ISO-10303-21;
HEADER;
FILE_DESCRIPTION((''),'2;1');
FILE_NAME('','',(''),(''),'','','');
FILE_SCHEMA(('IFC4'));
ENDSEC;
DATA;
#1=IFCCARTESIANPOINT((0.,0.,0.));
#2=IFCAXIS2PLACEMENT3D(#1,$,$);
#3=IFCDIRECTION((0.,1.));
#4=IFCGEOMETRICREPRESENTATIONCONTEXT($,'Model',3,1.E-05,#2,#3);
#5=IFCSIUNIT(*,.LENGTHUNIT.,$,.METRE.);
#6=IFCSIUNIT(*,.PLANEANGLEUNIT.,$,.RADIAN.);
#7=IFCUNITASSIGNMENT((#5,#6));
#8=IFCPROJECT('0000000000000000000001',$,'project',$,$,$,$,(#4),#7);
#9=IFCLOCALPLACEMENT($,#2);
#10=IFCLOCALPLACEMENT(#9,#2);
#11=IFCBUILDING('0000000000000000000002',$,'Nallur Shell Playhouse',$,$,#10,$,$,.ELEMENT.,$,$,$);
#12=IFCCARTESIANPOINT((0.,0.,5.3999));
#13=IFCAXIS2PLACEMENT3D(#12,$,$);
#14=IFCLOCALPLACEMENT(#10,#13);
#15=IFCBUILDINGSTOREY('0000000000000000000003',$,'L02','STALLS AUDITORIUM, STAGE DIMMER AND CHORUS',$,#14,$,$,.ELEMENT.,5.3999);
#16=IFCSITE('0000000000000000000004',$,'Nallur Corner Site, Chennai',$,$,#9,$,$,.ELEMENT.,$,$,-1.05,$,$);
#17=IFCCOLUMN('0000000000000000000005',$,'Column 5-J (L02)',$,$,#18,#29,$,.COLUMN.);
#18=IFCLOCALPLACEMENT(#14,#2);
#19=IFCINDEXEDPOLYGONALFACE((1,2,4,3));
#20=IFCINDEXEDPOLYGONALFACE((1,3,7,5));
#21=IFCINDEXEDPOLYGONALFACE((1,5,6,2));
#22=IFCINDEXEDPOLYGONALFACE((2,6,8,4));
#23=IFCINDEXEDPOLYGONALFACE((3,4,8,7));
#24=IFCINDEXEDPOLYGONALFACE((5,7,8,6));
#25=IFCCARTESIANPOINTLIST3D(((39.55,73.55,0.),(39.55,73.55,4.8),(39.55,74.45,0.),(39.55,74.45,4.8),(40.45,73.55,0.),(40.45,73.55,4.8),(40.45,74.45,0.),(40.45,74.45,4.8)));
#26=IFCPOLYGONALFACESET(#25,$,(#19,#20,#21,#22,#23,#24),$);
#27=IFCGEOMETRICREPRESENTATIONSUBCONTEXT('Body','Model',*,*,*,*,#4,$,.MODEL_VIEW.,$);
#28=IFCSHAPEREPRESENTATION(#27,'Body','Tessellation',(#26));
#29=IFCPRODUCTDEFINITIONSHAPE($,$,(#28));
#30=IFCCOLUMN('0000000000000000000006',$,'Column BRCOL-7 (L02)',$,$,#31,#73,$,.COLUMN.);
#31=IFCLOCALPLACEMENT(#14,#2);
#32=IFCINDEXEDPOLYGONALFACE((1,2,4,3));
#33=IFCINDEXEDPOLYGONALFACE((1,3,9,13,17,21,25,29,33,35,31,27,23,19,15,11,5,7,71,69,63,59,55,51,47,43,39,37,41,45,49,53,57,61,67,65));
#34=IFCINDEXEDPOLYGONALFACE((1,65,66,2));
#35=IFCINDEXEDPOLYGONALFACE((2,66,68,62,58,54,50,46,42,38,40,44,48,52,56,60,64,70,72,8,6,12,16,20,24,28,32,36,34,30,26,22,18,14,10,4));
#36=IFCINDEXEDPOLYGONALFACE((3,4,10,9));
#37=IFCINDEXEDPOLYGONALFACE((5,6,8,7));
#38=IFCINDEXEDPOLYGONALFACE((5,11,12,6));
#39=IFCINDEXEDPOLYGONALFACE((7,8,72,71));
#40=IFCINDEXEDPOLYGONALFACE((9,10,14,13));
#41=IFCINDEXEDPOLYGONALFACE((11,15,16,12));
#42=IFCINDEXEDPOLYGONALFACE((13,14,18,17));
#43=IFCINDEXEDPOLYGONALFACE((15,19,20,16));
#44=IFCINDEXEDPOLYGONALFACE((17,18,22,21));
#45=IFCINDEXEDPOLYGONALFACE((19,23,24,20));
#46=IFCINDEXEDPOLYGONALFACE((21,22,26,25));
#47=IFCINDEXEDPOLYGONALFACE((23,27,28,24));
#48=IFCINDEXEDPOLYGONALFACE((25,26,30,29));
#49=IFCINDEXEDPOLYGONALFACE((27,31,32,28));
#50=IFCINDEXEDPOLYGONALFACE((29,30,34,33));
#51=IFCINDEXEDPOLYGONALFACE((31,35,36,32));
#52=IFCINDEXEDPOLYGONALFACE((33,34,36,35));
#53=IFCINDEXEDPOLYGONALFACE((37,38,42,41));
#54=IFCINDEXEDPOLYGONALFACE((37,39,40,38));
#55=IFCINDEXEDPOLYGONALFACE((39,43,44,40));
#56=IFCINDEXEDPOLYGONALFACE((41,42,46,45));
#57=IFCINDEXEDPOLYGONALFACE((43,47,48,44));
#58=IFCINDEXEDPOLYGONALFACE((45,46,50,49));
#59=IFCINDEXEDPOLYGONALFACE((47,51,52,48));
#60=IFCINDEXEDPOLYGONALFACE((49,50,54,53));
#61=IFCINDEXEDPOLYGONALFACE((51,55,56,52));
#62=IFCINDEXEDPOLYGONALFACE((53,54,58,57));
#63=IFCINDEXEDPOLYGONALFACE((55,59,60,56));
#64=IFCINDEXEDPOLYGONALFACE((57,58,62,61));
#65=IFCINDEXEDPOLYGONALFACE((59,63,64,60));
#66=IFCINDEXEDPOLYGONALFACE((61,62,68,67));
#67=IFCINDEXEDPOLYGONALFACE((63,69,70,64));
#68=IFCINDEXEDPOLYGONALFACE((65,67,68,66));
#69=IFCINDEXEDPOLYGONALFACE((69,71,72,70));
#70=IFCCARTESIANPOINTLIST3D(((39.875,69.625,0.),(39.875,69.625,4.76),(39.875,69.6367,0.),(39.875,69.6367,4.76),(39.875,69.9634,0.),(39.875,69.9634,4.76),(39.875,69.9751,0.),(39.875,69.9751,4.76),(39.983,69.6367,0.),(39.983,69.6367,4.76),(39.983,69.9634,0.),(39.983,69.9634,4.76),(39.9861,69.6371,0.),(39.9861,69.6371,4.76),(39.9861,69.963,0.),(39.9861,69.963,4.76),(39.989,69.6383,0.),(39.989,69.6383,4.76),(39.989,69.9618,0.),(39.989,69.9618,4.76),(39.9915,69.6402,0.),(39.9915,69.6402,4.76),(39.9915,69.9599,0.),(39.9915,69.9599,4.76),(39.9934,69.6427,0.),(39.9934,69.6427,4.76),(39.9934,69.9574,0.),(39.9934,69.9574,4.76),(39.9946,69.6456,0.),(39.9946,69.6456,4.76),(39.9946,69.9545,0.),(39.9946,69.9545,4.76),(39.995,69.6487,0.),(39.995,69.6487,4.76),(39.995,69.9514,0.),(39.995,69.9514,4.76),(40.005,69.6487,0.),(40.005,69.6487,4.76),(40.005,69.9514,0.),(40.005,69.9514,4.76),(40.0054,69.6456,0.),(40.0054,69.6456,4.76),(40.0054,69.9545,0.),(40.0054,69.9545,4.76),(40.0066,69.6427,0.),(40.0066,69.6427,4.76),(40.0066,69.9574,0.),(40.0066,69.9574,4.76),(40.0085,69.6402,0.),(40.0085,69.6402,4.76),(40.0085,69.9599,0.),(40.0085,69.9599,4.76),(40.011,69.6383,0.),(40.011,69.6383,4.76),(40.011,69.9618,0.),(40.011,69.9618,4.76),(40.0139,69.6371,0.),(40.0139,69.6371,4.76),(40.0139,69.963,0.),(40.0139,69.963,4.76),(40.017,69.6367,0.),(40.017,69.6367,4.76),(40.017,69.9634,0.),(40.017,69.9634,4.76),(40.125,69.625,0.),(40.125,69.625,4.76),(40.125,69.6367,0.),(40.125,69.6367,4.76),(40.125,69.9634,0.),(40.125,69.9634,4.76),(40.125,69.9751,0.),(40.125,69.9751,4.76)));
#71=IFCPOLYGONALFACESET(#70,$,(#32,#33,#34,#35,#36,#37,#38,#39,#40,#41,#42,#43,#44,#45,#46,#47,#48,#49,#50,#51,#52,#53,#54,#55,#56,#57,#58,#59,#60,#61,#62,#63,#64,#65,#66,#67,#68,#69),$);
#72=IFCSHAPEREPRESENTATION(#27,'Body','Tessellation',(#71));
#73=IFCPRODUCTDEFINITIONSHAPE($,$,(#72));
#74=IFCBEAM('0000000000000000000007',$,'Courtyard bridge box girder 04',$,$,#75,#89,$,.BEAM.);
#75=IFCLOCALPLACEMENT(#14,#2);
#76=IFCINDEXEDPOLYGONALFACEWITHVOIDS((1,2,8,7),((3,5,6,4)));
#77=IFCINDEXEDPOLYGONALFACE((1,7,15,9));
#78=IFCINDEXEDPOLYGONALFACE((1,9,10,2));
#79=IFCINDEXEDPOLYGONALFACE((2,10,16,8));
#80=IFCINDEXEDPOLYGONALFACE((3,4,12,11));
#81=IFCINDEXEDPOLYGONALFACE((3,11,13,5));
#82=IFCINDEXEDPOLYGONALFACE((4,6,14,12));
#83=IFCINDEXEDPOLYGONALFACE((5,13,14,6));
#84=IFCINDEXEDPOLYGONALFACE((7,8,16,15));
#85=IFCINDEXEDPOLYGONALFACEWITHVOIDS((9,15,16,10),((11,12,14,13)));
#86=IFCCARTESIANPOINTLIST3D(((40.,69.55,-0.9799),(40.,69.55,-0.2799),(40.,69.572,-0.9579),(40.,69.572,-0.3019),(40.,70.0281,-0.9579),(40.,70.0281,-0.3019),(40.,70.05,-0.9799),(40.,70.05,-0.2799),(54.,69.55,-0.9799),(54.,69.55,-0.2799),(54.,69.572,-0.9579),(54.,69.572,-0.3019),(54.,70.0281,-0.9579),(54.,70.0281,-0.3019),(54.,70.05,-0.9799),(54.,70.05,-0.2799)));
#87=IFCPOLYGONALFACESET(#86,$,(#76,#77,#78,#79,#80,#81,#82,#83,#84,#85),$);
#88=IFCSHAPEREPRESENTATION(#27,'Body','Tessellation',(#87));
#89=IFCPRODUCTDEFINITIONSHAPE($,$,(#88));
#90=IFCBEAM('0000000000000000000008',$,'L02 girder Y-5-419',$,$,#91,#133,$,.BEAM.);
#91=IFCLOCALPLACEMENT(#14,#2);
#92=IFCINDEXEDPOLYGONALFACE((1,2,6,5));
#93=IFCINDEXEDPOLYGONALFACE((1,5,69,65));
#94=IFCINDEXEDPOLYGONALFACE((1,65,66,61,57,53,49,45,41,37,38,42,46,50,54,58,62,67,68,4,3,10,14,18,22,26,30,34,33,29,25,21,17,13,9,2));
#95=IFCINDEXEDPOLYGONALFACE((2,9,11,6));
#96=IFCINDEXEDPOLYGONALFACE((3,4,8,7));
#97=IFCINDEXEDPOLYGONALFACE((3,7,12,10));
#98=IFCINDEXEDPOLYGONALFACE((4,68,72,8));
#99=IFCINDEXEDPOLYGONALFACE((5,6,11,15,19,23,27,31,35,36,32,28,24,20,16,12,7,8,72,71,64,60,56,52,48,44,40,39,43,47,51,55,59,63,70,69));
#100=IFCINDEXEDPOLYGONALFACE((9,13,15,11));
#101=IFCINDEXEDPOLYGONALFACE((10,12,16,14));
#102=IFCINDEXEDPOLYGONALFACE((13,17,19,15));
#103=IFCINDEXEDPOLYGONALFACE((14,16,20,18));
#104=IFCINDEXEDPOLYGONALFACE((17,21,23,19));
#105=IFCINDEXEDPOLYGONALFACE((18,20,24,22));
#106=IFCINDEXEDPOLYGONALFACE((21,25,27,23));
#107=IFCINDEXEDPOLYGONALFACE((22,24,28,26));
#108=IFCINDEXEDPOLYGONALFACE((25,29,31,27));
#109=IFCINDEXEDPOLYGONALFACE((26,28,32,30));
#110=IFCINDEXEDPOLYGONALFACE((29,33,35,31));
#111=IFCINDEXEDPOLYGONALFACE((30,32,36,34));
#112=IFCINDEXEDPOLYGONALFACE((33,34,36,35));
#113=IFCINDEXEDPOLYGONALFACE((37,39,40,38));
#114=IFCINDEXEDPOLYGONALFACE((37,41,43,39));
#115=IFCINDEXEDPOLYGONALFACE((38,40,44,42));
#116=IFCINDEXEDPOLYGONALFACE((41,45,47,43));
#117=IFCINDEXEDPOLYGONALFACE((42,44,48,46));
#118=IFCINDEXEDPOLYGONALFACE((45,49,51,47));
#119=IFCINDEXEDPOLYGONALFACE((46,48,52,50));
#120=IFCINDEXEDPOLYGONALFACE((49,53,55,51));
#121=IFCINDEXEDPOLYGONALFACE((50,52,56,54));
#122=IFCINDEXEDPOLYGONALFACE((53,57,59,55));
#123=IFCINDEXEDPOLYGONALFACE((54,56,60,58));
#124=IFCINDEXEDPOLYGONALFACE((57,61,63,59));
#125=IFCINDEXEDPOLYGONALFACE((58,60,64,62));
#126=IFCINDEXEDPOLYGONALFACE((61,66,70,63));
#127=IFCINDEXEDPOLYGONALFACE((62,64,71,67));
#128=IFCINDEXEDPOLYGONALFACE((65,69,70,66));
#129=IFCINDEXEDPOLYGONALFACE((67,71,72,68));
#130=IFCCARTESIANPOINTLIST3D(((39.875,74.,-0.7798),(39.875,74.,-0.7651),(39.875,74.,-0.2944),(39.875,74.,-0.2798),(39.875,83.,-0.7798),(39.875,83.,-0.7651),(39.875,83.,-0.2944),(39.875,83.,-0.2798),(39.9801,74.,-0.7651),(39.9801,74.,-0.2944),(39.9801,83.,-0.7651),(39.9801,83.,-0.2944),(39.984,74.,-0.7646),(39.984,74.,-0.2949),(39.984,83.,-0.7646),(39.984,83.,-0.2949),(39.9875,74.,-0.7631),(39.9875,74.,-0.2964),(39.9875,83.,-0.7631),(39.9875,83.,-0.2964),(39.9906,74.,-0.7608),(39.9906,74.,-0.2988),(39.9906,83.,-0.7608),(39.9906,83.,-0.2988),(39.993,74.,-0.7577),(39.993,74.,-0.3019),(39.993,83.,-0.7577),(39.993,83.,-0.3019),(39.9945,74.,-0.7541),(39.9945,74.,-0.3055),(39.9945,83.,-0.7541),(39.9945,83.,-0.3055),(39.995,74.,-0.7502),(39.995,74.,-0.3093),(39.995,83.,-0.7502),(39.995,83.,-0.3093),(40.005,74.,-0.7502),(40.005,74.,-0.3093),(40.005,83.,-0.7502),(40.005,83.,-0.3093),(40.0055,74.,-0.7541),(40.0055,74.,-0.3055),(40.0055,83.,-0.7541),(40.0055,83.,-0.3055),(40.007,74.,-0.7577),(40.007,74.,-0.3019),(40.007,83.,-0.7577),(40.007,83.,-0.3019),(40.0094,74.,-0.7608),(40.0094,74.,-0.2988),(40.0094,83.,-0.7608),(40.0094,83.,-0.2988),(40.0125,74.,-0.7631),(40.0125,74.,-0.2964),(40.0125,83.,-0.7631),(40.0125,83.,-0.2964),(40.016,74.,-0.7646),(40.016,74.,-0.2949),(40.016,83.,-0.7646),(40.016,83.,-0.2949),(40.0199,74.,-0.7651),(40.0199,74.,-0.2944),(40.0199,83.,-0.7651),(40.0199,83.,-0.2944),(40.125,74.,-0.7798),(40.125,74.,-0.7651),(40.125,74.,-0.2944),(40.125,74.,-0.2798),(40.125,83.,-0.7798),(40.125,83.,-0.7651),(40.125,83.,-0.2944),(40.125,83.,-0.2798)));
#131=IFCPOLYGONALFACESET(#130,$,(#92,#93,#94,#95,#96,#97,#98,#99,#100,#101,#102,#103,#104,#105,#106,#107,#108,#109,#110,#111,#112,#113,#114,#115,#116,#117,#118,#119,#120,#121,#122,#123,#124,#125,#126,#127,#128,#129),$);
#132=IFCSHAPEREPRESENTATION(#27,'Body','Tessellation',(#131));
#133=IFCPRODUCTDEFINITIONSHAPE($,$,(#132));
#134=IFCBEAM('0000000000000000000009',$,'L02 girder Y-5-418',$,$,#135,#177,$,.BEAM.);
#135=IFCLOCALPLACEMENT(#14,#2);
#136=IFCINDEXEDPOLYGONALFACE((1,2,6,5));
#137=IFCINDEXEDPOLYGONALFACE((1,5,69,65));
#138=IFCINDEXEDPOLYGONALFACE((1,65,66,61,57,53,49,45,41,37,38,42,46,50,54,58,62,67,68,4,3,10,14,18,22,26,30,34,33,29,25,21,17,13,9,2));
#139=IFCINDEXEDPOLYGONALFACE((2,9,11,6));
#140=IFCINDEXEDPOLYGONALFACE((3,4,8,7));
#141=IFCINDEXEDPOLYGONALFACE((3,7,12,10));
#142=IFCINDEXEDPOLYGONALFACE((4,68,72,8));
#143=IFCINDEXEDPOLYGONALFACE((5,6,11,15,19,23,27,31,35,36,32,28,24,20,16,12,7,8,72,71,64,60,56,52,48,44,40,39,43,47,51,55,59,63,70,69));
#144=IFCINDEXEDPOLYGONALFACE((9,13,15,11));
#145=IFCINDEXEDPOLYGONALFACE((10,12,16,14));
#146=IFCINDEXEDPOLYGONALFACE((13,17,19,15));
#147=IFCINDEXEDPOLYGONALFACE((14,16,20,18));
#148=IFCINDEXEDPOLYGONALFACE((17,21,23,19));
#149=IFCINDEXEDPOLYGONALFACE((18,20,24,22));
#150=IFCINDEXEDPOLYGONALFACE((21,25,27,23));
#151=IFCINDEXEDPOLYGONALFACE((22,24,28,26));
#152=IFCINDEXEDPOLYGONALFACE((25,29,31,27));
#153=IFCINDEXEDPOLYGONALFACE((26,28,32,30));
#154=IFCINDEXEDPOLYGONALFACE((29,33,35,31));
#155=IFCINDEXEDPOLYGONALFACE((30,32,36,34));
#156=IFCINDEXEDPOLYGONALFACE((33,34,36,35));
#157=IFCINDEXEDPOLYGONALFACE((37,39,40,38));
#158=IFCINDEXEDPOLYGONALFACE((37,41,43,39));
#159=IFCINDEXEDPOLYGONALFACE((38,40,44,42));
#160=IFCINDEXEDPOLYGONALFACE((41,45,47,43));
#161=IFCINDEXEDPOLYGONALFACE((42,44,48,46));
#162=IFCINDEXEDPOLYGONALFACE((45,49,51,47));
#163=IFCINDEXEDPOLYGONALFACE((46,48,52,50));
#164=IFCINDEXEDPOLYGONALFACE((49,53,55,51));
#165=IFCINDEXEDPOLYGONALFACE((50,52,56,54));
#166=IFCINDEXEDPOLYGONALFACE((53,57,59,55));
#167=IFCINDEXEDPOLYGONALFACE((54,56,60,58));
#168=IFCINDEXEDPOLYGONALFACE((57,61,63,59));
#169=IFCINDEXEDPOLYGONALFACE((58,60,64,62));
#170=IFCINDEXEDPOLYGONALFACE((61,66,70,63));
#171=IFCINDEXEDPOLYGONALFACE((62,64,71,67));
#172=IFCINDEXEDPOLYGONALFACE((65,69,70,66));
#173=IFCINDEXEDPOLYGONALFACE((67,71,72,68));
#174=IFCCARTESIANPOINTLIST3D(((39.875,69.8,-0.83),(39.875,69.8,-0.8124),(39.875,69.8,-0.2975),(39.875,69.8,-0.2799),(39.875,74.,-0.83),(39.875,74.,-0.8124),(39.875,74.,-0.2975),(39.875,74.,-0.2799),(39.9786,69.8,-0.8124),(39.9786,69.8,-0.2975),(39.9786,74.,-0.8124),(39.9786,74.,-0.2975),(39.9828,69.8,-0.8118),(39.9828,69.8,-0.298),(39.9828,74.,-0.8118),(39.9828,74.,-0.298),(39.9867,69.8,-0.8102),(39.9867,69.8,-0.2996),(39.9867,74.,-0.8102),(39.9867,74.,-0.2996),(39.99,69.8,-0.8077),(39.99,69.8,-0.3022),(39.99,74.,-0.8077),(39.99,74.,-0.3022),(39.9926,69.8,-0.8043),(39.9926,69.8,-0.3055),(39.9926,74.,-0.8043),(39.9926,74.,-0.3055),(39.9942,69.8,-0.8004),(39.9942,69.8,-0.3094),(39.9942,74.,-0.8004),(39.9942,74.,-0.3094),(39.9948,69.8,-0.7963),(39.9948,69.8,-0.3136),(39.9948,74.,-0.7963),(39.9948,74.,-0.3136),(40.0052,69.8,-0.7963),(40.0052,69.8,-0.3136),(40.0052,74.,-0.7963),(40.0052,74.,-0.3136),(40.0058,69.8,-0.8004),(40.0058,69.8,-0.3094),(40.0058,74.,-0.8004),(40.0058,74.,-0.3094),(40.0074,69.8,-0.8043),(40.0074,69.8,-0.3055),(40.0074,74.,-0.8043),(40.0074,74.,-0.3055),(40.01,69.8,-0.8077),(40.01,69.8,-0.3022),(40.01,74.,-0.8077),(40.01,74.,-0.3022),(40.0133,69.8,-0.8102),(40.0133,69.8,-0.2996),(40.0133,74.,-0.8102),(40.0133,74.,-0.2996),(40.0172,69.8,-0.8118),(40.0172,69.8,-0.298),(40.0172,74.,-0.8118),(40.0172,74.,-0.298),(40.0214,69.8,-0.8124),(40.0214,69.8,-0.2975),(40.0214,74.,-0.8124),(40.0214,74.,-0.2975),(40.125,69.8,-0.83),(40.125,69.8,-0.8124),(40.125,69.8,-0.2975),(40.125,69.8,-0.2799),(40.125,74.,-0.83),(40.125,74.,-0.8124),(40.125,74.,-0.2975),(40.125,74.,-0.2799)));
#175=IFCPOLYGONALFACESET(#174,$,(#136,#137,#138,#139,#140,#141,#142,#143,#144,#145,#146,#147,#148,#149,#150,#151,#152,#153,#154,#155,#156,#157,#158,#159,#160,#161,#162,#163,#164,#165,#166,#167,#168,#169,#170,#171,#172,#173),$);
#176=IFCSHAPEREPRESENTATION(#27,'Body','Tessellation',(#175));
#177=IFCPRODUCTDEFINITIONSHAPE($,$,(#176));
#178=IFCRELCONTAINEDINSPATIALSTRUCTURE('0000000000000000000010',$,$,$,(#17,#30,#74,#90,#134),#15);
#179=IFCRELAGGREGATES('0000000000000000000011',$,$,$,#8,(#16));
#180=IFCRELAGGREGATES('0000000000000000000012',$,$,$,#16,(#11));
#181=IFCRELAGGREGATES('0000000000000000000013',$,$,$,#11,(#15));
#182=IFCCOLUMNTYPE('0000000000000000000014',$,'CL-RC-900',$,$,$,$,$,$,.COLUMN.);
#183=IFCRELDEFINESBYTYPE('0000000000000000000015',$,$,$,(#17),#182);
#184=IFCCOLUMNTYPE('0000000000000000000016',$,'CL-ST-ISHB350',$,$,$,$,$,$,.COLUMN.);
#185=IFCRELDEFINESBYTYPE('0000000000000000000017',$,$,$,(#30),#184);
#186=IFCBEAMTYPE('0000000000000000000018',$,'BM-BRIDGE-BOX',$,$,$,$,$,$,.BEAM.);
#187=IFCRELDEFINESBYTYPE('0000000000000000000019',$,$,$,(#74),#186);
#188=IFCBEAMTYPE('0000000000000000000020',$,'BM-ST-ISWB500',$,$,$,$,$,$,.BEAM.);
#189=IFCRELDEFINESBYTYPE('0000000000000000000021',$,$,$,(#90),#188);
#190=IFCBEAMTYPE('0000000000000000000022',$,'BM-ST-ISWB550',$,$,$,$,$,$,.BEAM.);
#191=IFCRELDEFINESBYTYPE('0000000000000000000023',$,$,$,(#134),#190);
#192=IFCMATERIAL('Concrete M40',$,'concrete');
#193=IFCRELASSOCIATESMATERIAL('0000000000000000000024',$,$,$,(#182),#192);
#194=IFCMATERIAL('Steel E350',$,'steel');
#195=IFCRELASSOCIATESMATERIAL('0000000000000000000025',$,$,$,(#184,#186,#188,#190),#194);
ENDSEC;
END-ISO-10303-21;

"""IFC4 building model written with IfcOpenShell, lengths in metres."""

from ifc_helpers import new_model, si_unit, direction, frame, origin, origin_2d, place, context, subcontext, project, spatial, rectangle, hollow_rectangle, i_section, extrude, material, material_profile, profile_set, type_object, element, save


model = new_model("IFC4")

# Units and contexts
model_context = context("Model", 3, precision=1e-05, world=origin(), true_north=direction((0.0, 1.0)))
body_context = subcontext(model_context, "Body", "Model", "MODEL_VIEW")
ifc_project = project(units=[si_unit("LENGTHUNIT", "METRE"), si_unit("PLANEANGLEUNIT", "RADIAN")], contexts=[model_context])

# Site, building, storey
site_placement = place(None, origin())
site = spatial("IfcSite", under=ifc_project, at=site_placement, Name="Nallur Corner Site, Chennai", CompositionType="ELEMENT", RefElevation=-1.05)
building_placement = place(site_placement, origin())
building = spatial("IfcBuilding", under=site, at=building_placement, Name="Nallur Shell Playhouse", CompositionType="ELEMENT")
storey_placement = place(building_placement, frame((0.0, 0.0, 5.3999)))
storey = spatial("IfcBuildingStorey", under=building, at=storey_placement, Name="L02", Description="STALLS AUDITORIUM, STAGE DIMMER AND CHORUS", CompositionType="ELEMENT", Elevation=5.3999)

# Columns
ifc_material_1 = material(Name="Concrete M40", Category="concrete")
ifc_material_profile_1 = material_profile(ifc_material_1, rectangle(XDim=0.8999, YDim=0.8999, at=origin_2d()), Name="RC 900x900")
ifc_profile_set_1 = profile_set([ifc_material_profile_1], Name="Concrete M40")
column_type_1 = type_object("IfcColumnType", Name="CL-RC-900", PredefinedType="COLUMN", material=ifc_profile_set_1)
column_1_placement = place(storey_placement, frame((40.0, 74.0, 0.0), z_axis=(0.0, 0.0, 1.0), x_axis=(1.0, 0.0, 0.0)))
element("IfcColumn", 1, at=column_1_placement, inside=storey, type_object=column_type_1, Name="Column 5-J (L02)", PredefinedType="COLUMN", context=body_context, shape_type="SweptSolid", body=[
    extrude(rectangle(XDim=0.8999, YDim=0.8999, at=origin_2d()), origin(), (0.0, 0.0, 1.0), 4.8),
])
ifc_material_2 = material(Name="Steel E350", Category="steel")
ifc_material_profile_2 = material_profile(ifc_material_2, i_section(OverallWidth=0.25, OverallDepth=0.3501, WebThickness=0.01, FlangeThickness=0.0117, FilletRadius=0.012, at=origin_2d()), Name="ISHB 350")
ifc_profile_set_2 = profile_set([ifc_material_profile_2], Name="Steel E350")
column_type_2 = type_object("IfcColumnType", Name="CL-ST-ISHB350", PredefinedType="COLUMN", material=ifc_profile_set_2)
column_2_placement = place(storey_placement, frame((40.0, 69.8, 0.0), z_axis=(0.0, 0.0, 1.0), x_axis=(1.0, 0.0, 0.0)))
element("IfcColumn", 2, at=column_2_placement, inside=storey, type_object=column_type_2, Name="Column BRCOL-7 (L02)", PredefinedType="COLUMN", context=body_context, shape_type="SweptSolid", body=[
    extrude(i_section(OverallWidth=0.25, OverallDepth=0.3501, WebThickness=0.01, FlangeThickness=0.0117, FilletRadius=0.012, at=origin_2d()), origin(), (0.0, 0.0, 1.0), 4.76),
])

# Beams
ifc_material_profile_3 = material_profile(ifc_material_2, hollow_rectangle(XDim=0.5, YDim=0.7, WallThickness=0.022, at=origin_2d()), Name="BOX 500x700x22")
ifc_profile_set_3 = profile_set([ifc_material_profile_3], Name="Steel E350")
beam_type_1 = type_object("IfcBeamType", Name="BM-BRIDGE-BOX", PredefinedType="BEAM", material=ifc_profile_set_3)
beam_1_placement = place(storey_placement, frame((40.0, 69.8, -0.6299), z_axis=(1.0, 0.0, 0.0), x_axis=(0.0, 1.0, 0.0)))
element("IfcBeam", 3, at=beam_1_placement, inside=storey, type_object=beam_type_1, Name="Courtyard bridge box girder 04", PredefinedType="BEAM", context=body_context, shape_type="SweptSolid", body=[
    extrude(hollow_rectangle(XDim=0.5, YDim=0.7, WallThickness=0.022, at=origin_2d()), origin(), (0.0, 0.0, 1.0), 14.0),
])
ifc_material_profile_4 = material_profile(ifc_material_2, i_section(OverallWidth=0.25, OverallDepth=0.5, WebThickness=0.01, FlangeThickness=0.0146, FilletRadius=0.0149, at=origin_2d()), Name="ISWB 500")
ifc_profile_set_4 = profile_set([ifc_material_profile_4], Name="Steel E350")
beam_type_2 = type_object("IfcBeamType", Name="BM-ST-ISWB500", PredefinedType="BEAM", material=ifc_profile_set_4)
beam_2_placement = place(storey_placement, frame((40.0, 74.0, -0.5298), z_axis=(0.0, 1.0, 0.0), x_axis=(-1.0, 0.0, 0.0)))
element("IfcBeam", 4, at=beam_2_placement, inside=storey, type_object=beam_type_2, Name="L02 girder Y-5-419", PredefinedType="BEAM", context=body_context, shape_type="SweptSolid", body=[
    extrude(i_section(OverallWidth=0.25, OverallDepth=0.5, WebThickness=0.01, FlangeThickness=0.0146, FilletRadius=0.0149, at=origin_2d()), origin(), (0.0, 0.0, 1.0), 9.0),
])
ifc_material_profile_5 = material_profile(ifc_material_2, i_section(OverallWidth=0.25, OverallDepth=0.55, WebThickness=0.0105, FlangeThickness=0.0176, FilletRadius=0.0161, at=origin_2d()), Name="ISWB 550")
ifc_profile_set_5 = profile_set([ifc_material_profile_5], Name="Steel E350")
beam_type_3 = type_object("IfcBeamType", Name="BM-ST-ISWB550", PredefinedType="BEAM", material=ifc_profile_set_5)
beam_3_placement = place(storey_placement, frame((40.0, 69.8, -0.5549), z_axis=(0.0, 1.0, 0.0), x_axis=(-1.0, 0.0, 0.0)))
element("IfcBeam", 5, at=beam_3_placement, inside=storey, type_object=beam_type_3, Name="L02 girder Y-5-418", PredefinedType="BEAM", context=body_context, shape_type="SweptSolid", body=[
    extrude(i_section(OverallWidth=0.25, OverallDepth=0.55, WebThickness=0.0105, FlangeThickness=0.0176, FilletRadius=0.0161, at=origin_2d()), origin(), (0.0, 0.0, 1.0), 4.2),
])

save(model, "model.ifc")
